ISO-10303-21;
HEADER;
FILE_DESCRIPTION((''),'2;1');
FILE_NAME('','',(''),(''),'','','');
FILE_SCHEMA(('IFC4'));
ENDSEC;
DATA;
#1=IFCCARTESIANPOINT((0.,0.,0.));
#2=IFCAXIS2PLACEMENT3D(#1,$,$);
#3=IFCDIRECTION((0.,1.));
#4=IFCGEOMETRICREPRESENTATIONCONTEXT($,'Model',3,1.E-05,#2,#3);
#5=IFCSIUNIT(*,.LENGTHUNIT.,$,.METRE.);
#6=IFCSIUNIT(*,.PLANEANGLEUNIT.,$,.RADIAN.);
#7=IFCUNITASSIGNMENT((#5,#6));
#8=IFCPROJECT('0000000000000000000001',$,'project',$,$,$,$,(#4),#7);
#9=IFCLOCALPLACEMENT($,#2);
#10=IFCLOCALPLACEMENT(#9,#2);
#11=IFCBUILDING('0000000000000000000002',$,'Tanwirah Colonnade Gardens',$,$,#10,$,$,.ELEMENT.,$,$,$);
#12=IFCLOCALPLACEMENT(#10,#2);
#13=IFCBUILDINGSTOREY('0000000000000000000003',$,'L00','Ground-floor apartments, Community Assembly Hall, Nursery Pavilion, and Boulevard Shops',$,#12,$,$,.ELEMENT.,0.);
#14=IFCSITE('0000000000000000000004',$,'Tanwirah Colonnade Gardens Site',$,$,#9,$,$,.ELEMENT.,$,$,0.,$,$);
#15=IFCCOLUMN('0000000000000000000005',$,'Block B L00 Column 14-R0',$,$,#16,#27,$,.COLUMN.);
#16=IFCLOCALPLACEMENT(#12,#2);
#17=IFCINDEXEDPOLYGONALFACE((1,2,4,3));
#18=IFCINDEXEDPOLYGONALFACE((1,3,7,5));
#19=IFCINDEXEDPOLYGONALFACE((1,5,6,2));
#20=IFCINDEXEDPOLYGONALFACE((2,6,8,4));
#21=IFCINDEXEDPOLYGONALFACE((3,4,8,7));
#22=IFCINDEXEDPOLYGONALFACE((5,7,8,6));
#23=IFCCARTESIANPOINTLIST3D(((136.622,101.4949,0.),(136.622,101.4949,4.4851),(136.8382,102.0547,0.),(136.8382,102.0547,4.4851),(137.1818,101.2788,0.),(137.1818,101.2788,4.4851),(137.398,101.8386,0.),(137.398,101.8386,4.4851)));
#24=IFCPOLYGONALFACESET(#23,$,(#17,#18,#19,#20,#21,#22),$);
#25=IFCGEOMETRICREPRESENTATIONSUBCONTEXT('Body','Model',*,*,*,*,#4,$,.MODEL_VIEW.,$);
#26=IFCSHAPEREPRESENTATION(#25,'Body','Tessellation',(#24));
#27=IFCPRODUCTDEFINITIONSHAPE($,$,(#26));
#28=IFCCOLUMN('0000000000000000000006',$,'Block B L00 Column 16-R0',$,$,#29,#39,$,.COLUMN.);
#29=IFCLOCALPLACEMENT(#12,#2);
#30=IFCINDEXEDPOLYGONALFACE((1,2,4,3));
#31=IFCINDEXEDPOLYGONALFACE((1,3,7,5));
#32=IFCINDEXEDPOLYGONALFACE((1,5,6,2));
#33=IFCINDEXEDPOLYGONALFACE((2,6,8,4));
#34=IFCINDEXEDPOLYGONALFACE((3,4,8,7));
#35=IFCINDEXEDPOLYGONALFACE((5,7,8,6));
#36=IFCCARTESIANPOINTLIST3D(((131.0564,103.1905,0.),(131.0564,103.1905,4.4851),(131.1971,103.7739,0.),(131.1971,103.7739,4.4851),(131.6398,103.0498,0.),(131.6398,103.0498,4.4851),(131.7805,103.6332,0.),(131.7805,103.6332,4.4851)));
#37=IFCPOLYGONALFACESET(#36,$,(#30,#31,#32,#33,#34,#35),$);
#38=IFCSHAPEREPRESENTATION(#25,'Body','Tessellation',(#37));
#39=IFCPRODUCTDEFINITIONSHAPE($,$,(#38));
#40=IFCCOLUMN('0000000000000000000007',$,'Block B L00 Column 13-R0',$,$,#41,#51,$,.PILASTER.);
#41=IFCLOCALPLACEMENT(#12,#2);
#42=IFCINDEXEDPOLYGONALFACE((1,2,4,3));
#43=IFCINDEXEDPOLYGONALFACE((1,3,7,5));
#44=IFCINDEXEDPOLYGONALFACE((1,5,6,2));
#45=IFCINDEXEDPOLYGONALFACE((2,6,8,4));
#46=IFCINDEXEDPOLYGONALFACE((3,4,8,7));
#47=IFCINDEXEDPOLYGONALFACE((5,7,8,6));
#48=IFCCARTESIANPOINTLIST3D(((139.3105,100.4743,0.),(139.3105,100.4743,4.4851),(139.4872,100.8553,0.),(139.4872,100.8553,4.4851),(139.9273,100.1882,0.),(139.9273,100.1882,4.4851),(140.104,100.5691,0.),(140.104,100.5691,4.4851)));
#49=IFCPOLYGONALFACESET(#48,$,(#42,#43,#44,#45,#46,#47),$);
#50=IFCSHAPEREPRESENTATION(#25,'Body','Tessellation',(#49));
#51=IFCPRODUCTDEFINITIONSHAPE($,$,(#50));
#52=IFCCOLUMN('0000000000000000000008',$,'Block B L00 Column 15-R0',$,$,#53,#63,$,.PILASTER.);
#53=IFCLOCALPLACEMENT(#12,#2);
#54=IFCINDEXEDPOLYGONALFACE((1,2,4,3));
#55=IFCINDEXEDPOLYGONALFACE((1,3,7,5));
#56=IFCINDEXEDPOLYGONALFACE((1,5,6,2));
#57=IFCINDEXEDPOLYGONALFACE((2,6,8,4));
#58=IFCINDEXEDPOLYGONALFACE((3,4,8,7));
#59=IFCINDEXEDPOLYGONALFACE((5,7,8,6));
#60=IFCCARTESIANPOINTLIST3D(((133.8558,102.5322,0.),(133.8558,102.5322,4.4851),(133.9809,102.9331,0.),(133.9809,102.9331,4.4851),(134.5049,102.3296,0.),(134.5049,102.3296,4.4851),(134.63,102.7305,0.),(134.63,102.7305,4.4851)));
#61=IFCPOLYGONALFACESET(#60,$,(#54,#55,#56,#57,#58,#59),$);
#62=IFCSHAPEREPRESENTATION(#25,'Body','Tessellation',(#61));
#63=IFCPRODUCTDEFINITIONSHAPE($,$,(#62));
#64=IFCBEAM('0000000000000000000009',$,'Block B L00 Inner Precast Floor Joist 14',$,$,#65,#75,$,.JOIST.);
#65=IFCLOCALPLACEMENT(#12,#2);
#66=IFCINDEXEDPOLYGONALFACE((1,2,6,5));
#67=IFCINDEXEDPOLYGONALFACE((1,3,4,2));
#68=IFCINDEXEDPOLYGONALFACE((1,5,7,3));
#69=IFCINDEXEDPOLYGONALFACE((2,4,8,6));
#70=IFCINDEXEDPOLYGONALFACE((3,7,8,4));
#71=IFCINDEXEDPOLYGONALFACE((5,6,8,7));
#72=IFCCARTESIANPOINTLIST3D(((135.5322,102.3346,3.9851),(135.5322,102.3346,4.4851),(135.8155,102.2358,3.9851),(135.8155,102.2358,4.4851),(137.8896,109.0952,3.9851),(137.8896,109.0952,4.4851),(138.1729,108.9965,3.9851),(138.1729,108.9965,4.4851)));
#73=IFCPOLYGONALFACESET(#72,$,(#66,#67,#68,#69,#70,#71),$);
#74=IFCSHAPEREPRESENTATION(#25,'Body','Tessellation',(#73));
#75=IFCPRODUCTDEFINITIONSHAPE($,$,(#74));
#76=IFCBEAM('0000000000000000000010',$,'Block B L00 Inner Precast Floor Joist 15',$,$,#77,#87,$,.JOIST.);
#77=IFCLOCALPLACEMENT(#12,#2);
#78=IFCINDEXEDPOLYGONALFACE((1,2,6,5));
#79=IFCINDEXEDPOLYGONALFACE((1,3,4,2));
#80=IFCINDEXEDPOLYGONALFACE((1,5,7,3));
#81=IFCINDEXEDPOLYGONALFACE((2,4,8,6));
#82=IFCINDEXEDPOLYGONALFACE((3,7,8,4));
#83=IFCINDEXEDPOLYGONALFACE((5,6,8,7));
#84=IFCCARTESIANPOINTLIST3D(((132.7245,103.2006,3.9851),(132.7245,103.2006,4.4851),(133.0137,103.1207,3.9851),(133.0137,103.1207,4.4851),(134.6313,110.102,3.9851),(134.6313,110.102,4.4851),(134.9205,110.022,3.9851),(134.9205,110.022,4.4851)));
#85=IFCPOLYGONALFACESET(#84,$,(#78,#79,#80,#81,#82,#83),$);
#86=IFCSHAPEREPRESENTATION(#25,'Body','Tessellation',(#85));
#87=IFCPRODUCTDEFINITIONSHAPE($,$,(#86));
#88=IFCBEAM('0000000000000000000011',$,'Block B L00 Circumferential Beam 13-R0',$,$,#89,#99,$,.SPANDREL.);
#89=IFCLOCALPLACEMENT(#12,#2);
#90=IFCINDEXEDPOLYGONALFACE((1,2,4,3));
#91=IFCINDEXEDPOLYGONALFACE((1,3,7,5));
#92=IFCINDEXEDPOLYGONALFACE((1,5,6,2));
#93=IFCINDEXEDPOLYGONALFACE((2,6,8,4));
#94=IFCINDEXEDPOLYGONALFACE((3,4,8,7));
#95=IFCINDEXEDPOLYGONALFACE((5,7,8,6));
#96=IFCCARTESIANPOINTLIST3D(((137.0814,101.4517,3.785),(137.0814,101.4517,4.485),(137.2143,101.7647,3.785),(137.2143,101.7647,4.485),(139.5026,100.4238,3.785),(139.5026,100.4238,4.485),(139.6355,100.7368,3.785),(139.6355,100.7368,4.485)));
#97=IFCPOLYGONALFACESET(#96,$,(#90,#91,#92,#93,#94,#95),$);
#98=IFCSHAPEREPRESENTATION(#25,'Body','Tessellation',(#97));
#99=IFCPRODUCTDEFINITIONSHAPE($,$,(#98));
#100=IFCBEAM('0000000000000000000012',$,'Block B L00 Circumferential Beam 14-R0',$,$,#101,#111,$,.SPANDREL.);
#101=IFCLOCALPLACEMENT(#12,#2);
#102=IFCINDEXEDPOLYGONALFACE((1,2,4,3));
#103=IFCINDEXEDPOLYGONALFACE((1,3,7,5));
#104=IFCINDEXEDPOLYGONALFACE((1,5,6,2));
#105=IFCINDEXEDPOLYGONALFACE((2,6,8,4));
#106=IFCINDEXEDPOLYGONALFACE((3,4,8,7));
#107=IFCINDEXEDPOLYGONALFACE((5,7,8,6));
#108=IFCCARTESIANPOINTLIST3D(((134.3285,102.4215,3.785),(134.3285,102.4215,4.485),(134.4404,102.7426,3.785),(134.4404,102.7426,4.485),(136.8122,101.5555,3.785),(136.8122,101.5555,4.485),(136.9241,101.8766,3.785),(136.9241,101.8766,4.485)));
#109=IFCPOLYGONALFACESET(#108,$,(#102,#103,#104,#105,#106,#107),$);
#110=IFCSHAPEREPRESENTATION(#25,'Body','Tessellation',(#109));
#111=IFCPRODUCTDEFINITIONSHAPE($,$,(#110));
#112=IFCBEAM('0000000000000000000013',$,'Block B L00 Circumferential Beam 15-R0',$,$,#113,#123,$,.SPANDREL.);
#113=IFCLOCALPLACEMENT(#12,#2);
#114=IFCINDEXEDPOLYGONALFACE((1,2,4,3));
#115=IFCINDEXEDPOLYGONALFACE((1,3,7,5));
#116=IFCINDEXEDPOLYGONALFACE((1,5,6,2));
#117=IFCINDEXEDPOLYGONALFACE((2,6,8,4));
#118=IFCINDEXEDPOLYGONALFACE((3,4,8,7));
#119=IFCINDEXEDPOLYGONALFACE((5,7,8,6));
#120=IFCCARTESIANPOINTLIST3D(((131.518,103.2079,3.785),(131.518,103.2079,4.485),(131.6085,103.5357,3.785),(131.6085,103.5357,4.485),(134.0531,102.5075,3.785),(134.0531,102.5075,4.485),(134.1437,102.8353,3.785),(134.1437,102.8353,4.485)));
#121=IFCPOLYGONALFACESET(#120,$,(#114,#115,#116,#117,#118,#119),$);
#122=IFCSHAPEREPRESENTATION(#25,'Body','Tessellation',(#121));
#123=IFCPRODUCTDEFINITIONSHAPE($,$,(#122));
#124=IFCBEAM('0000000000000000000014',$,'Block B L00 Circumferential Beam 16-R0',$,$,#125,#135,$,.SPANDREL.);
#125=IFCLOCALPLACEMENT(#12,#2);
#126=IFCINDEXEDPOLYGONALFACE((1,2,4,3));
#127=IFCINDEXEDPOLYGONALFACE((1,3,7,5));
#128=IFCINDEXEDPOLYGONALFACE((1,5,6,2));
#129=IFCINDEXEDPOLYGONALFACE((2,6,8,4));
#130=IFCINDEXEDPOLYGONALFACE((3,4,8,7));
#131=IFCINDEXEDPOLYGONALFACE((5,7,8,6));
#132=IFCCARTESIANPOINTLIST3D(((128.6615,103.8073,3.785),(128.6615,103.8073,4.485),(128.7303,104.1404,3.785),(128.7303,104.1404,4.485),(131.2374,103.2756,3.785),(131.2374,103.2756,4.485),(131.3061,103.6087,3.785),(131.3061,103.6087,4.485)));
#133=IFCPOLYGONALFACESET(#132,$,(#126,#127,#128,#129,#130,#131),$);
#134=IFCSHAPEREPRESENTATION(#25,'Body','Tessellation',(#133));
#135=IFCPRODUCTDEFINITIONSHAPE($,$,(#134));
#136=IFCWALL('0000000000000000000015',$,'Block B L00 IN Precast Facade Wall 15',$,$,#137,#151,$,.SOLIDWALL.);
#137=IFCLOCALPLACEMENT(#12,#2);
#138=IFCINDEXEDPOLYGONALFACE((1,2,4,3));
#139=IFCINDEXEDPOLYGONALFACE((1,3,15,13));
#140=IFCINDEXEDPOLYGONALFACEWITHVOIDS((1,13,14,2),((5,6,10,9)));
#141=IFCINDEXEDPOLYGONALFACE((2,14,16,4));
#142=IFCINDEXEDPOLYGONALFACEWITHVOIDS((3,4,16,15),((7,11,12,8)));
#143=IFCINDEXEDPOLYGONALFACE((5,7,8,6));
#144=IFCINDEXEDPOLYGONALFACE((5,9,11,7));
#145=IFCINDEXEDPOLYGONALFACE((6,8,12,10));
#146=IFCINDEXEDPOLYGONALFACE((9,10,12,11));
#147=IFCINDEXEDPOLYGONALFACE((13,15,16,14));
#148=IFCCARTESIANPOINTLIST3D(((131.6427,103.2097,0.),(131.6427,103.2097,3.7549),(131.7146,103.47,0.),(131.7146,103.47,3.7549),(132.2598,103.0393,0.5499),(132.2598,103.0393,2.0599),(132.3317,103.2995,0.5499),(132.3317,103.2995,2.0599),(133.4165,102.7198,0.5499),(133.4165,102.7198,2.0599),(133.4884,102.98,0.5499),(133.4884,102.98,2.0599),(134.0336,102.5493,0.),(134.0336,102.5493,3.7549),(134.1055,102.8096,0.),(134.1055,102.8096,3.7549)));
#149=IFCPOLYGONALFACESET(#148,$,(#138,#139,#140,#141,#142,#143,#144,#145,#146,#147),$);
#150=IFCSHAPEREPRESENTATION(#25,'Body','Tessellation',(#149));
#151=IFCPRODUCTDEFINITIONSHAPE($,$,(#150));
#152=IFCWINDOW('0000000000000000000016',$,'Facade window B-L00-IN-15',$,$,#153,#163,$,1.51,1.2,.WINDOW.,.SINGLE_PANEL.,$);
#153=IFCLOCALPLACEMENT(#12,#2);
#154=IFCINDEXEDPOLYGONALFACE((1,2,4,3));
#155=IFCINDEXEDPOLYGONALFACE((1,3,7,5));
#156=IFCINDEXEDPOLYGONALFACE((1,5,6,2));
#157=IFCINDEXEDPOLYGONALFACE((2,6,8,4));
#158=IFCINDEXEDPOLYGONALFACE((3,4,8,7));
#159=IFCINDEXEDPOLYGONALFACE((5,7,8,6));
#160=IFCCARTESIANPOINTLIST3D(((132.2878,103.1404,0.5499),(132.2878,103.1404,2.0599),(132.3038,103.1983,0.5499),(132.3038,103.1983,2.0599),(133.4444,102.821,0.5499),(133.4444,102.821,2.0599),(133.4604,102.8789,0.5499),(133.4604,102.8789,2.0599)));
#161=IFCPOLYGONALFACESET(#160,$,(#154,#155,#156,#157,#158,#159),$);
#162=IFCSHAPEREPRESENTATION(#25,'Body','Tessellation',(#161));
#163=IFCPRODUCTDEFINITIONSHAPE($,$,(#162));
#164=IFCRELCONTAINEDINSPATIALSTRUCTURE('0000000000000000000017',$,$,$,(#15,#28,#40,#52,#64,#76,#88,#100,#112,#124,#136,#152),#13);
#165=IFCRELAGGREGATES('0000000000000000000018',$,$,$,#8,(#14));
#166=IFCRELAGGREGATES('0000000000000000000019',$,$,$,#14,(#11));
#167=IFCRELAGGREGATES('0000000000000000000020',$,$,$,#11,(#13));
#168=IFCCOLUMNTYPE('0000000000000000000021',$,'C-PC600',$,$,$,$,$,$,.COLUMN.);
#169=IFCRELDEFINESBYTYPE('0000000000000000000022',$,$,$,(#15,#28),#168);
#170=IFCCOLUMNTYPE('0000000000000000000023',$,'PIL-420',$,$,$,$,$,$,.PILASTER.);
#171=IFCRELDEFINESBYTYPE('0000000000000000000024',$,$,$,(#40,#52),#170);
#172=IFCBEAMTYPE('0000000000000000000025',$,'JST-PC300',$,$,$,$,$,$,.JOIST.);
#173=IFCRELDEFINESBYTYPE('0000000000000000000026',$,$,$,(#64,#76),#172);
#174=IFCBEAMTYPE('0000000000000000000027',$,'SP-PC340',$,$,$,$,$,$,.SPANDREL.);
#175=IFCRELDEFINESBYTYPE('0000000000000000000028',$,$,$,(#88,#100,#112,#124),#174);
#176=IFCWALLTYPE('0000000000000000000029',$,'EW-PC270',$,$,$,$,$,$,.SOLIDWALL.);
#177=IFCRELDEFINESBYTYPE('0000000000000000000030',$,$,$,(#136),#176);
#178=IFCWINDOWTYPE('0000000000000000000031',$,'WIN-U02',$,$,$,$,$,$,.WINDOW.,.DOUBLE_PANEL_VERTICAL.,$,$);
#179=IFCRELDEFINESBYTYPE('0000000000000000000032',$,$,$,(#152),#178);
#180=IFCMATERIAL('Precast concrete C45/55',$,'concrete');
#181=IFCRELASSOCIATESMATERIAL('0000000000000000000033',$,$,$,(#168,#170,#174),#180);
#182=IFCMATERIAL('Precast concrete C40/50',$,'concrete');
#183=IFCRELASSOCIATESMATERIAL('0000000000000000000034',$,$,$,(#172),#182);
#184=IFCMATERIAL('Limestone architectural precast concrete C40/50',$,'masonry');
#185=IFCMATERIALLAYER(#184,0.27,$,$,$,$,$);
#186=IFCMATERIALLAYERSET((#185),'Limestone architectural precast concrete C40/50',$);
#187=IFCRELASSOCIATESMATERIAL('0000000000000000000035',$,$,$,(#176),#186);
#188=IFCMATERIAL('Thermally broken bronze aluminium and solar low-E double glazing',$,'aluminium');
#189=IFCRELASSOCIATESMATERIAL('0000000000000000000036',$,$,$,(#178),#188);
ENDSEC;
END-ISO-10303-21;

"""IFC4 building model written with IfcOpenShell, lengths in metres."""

from ifc_helpers import new_model, si_unit, direction, frame, frame_2d, origin, origin_2d, place, context, subcontext, project, spatial, rectangle, extrude, material, layer, layer_set, material_profile, profile_set, type_object, element, fill, save


model = new_model("IFC4")

# Units and contexts
model_context = context("Model", 3, precision=1e-05, world=origin(), true_north=direction((0.0, 1.0)))
body_context = subcontext(model_context, "Body", "Model", "MODEL_VIEW")
ifc_project = project(units=[si_unit("LENGTHUNIT", "METRE"), si_unit("PLANEANGLEUNIT", "RADIAN")], contexts=[model_context])

# Site, building, storey
site_placement = place(None, origin())
site = spatial("IfcSite", under=ifc_project, at=site_placement, Name="Tanwirah Colonnade Gardens Site", CompositionType="ELEMENT", RefElevation=0.0)
building_placement = place(site_placement, origin())
building = spatial("IfcBuilding", under=site, at=building_placement, Name="Tanwirah Colonnade Gardens", CompositionType="ELEMENT")
storey_placement = place(building_placement, origin())
storey = spatial("IfcBuildingStorey", under=building, at=storey_placement, Name="L00", Description="Ground-floor apartments, Community Assembly Hall, Nursery Pavilion, and Boulevard Shops", CompositionType="ELEMENT", Elevation=0.0)

# Columns
ifc_material_1 = material(Name="Precast concrete C45/55", Category="concrete")
ifc_material_profile_1 = material_profile(ifc_material_1, rectangle(XDim=0.6001, YDim=0.6001, at=origin_2d()), Name="PC-COL 600x600")
ifc_profile_set_1 = profile_set([ifc_material_profile_1], Name="Precast concrete C45/55")
column_type_1 = type_object("IfcColumnType", Name="C-PC600", PredefinedType="COLUMN", material=ifc_profile_set_1)
for number, where, z_axis, x_axis, name in (
    (1, (137.01, 101.6667, 0.0), (0.0, 0.0, 1.0), (0.360178, 0.932884, 0.0), "Block B L00 Column 14-R0"),
    (2, (131.4185, 103.4119, 0.0), (0.0, 0.0, 1.0), (0.234388, 0.972143, 0.0), "Block B L00 Column 16-R0"),
):
    element("IfcColumn", number, at=place(storey_placement, frame(where, z_axis=z_axis, x_axis=x_axis)), inside=storey, type_object=column_type_1, Name=name, PredefinedType="COLUMN", context=body_context, shape_type="SweptSolid", body=[
        extrude(rectangle(XDim=0.6001, YDim=0.6001, at=origin_2d()), origin(), (0.0, 0.0, 1.0), 4.4851),
    ])
ifc_material_profile_2 = material_profile(ifc_material_1, rectangle(XDim=0.4199, YDim=0.6799, at=origin_2d()), Name="PC-PIL 420x680")
ifc_profile_set_2 = profile_set([ifc_material_profile_2], Name="Precast concrete C45/55")
column_type_2 = type_object("IfcColumnType", Name="PIL-420", PredefinedType="PILASTER", material=ifc_profile_set_2)
for number, where, z_axis, x_axis, name in (
    (3, (139.7073, 100.5217, 0.0), (0.0, 0.0, 1.0), (0.42086, 0.907126, 0.0), "Block B L00 Column 13-R0"),
    (4, (134.2429, 102.6313, 0.0), (0.0, 0.0, 1.0), (0.29793, 0.954588, 0.0), "Block B L00 Column 15-R0"),
):
    element("IfcColumn", number, at=place(storey_placement, frame(where, z_axis=z_axis, x_axis=x_axis)), inside=storey, type_object=column_type_2, Name=name, PredefinedType="PILASTER", context=body_context, shape_type="SweptSolid", body=[
        extrude(rectangle(XDim=0.4199, YDim=0.6799, at=origin_2d()), origin(), (0.0, 0.0, 1.0), 4.4851),
    ])

# Beams
ifc_material_2 = material(Name="Precast concrete C40/50", Category="concrete")
ifc_material_profile_3 = material_profile(ifc_material_2, rectangle(XDim=0.3, YDim=0.5, at=origin_2d()), Name="PC-JST 300x500")
ifc_profile_set_3 = profile_set([ifc_material_profile_3], Name="Precast concrete C40/50")
beam_type_1 = type_object("IfcBeamType", Name="JST-PC300", PredefinedType="JOIST", material=ifc_profile_set_3)
for number, where, z_axis, x_axis, name in (
    (5, (135.6738, 102.2852, 4.2351), (0.329251, 0.944243, 0.0), (-0.944243, 0.329251, 0.0), "Block B L00 Inner Precast Floor Joist 14"),
    (6, (132.8691, 103.1606, 4.2351), (0.266307, 0.963888, 0.0), (-0.963888, 0.266307, 0.0), "Block B L00 Inner Precast Floor Joist 15"),
):
    element("IfcBeam", number, at=place(storey_placement, frame(where, z_axis=z_axis, x_axis=x_axis)), inside=storey, type_object=beam_type_1, Name=name, PredefinedType="JOIST", context=body_context, shape_type="SweptSolid", body=[
        extrude(rectangle(XDim=0.3, YDim=0.5, at=origin_2d()), origin(), (0.0, 0.0, 1.0), 7.1599),
    ])
ifc_material_profile_4 = material_profile(ifc_material_1, rectangle(XDim=0.3401, YDim=0.7, at=origin_2d()), Name="PC-SP 340x700")
ifc_profile_set_4 = profile_set([ifc_material_profile_4], Name="Precast concrete C45/55")
beam_type_2 = type_object("IfcBeamType", Name="SP-PC340", PredefinedType="SPANDREL", material=ifc_profile_set_4)
for number, where, z_axis, x_axis, name in (
    (7, (139.5691, 100.5803, 4.135), (-0.920489, 0.390769, 0.0), (-0.390769, -0.920489, 0.0), "Block B L00 Circumferential Beam 13-R0"),
    (8, (136.8682, 101.7161, 4.135), (-0.94425, 0.32923, 0.0), (-0.32923, -0.94425, 0.0), "Block B L00 Circumferential Beam 14-R0"),
):
    element("IfcBeam", number, at=place(storey_placement, frame(where, z_axis=z_axis, x_axis=x_axis)), inside=storey, type_object=beam_type_2, Name=name, PredefinedType="SPANDREL", context=body_context, shape_type="SweptSolid", body=[
        extrude(rectangle(XDim=0.3401, YDim=0.7, at=origin_2d()), origin(), (0.0, 0.0, 1.0), 2.6304),
    ])
for number, where, z_axis, x_axis, name in (
    (9, (134.0984, 102.6714, 4.135), (-0.963887, 0.266313, 0.0), (-0.266313, -0.963887, 0.0), "Block B L00 Circumferential Beam 15-R0"),
    (10, (131.2717, 103.4421, 4.135), (-0.979352, 0.202164, 0.0), (-0.202164, -0.979352, 0.0), "Block B L00 Circumferential Beam 16-R0"),
):
    element("IfcBeam", number, at=place(storey_placement, frame(where, z_axis=z_axis, x_axis=x_axis)), inside=storey, type_object=beam_type_2, Name=name, PredefinedType="SPANDREL", context=body_context, shape_type="SweptSolid", body=[
        extrude(rectangle(XDim=0.3401, YDim=0.7, at=origin_2d()), origin(), (0.0, 0.0, 1.0), 2.6301),
    ])

# Wall, opening, window
ifc_material_3 = material(Name="Limestone architectural precast concrete C40/50", Category="masonry")
ifc_layer_1 = layer(ifc_material_3, 0.27)
ifc_layer_set_1 = layer_set([ifc_layer_1], Name="Limestone architectural precast concrete C40/50")
wall_type_1 = type_object("IfcWallType", Name="EW-PC270", PredefinedType="SOLIDWALL", material=ifc_layer_set_1)
wall_1_placement = place(storey_placement, frame((134.0696, 102.6794, 0.0), z_axis=(0.0, 0.0, 1.0), x_axis=(-0.963905, 0.266248, 0.0)))
wall_1 = element("IfcWall", 11, at=wall_1_placement, inside=storey, type_object=wall_type_1, Name="Block B L00 IN Precast Facade Wall 15", PredefinedType="SOLIDWALL", context=body_context, shape_type="SweptSolid", body=[
    extrude(rectangle(XDim=2.4805, YDim=0.27, at=frame_2d((1.2402, 0.0))), origin(), (0.0, 0.0, 1.0), 3.7549),
])
opening_1_placement = place(wall_1_placement, frame((0.6401, 0.0, 0.55)))
opening_1 = element("IfcOpeningElement", 12, at=opening_1_placement, cuts=wall_1, PredefinedType="OPENING", context=body_context, shape_type="SweptSolid", body=[
    extrude(rectangle(XDim=1.2, YDim=1.51, at=frame_2d((0.6001, 0.7549))), frame((0.0, 0.145, 0.0), z_axis=(0.0, -1.0, 0.0), x_axis=(1.0, 0.0, 0.0)), (0.0, 0.0, 1.0), 0.29),
])
ifc_material_4 = material(Name="Thermally broken bronze aluminium and solar low-E double glazing", Category="aluminium")
window_type = type_object("IfcWindowType", Name="WIN-U02", PartitioningType="DOUBLE_PANEL_VERTICAL", PredefinedType="WINDOW", material=ifc_material_4)
window_placement = place(opening_1_placement, origin())
window = element("IfcWindow", 13, at=window_placement, inside=storey, type_object=window_type, Name="Facade window B-L00-IN-15", OverallHeight=1.51, OverallWidth=1.2, PartitioningType="SINGLE_PANEL", PredefinedType="WINDOW", context=body_context, shape_type="SweptSolid", body=[
    extrude(rectangle(XDim=1.2, YDim=1.51, at=frame_2d((0.6001, 0.7549))), frame((0.0, 0.03, 0.0), z_axis=(0.0, -1.0, 0.0), x_axis=(1.0, 0.0, 0.0)), (0.0, 0.0, 1.0), 0.0601),
])
fill(opening_1, window)

save(model, "model.ifc")
